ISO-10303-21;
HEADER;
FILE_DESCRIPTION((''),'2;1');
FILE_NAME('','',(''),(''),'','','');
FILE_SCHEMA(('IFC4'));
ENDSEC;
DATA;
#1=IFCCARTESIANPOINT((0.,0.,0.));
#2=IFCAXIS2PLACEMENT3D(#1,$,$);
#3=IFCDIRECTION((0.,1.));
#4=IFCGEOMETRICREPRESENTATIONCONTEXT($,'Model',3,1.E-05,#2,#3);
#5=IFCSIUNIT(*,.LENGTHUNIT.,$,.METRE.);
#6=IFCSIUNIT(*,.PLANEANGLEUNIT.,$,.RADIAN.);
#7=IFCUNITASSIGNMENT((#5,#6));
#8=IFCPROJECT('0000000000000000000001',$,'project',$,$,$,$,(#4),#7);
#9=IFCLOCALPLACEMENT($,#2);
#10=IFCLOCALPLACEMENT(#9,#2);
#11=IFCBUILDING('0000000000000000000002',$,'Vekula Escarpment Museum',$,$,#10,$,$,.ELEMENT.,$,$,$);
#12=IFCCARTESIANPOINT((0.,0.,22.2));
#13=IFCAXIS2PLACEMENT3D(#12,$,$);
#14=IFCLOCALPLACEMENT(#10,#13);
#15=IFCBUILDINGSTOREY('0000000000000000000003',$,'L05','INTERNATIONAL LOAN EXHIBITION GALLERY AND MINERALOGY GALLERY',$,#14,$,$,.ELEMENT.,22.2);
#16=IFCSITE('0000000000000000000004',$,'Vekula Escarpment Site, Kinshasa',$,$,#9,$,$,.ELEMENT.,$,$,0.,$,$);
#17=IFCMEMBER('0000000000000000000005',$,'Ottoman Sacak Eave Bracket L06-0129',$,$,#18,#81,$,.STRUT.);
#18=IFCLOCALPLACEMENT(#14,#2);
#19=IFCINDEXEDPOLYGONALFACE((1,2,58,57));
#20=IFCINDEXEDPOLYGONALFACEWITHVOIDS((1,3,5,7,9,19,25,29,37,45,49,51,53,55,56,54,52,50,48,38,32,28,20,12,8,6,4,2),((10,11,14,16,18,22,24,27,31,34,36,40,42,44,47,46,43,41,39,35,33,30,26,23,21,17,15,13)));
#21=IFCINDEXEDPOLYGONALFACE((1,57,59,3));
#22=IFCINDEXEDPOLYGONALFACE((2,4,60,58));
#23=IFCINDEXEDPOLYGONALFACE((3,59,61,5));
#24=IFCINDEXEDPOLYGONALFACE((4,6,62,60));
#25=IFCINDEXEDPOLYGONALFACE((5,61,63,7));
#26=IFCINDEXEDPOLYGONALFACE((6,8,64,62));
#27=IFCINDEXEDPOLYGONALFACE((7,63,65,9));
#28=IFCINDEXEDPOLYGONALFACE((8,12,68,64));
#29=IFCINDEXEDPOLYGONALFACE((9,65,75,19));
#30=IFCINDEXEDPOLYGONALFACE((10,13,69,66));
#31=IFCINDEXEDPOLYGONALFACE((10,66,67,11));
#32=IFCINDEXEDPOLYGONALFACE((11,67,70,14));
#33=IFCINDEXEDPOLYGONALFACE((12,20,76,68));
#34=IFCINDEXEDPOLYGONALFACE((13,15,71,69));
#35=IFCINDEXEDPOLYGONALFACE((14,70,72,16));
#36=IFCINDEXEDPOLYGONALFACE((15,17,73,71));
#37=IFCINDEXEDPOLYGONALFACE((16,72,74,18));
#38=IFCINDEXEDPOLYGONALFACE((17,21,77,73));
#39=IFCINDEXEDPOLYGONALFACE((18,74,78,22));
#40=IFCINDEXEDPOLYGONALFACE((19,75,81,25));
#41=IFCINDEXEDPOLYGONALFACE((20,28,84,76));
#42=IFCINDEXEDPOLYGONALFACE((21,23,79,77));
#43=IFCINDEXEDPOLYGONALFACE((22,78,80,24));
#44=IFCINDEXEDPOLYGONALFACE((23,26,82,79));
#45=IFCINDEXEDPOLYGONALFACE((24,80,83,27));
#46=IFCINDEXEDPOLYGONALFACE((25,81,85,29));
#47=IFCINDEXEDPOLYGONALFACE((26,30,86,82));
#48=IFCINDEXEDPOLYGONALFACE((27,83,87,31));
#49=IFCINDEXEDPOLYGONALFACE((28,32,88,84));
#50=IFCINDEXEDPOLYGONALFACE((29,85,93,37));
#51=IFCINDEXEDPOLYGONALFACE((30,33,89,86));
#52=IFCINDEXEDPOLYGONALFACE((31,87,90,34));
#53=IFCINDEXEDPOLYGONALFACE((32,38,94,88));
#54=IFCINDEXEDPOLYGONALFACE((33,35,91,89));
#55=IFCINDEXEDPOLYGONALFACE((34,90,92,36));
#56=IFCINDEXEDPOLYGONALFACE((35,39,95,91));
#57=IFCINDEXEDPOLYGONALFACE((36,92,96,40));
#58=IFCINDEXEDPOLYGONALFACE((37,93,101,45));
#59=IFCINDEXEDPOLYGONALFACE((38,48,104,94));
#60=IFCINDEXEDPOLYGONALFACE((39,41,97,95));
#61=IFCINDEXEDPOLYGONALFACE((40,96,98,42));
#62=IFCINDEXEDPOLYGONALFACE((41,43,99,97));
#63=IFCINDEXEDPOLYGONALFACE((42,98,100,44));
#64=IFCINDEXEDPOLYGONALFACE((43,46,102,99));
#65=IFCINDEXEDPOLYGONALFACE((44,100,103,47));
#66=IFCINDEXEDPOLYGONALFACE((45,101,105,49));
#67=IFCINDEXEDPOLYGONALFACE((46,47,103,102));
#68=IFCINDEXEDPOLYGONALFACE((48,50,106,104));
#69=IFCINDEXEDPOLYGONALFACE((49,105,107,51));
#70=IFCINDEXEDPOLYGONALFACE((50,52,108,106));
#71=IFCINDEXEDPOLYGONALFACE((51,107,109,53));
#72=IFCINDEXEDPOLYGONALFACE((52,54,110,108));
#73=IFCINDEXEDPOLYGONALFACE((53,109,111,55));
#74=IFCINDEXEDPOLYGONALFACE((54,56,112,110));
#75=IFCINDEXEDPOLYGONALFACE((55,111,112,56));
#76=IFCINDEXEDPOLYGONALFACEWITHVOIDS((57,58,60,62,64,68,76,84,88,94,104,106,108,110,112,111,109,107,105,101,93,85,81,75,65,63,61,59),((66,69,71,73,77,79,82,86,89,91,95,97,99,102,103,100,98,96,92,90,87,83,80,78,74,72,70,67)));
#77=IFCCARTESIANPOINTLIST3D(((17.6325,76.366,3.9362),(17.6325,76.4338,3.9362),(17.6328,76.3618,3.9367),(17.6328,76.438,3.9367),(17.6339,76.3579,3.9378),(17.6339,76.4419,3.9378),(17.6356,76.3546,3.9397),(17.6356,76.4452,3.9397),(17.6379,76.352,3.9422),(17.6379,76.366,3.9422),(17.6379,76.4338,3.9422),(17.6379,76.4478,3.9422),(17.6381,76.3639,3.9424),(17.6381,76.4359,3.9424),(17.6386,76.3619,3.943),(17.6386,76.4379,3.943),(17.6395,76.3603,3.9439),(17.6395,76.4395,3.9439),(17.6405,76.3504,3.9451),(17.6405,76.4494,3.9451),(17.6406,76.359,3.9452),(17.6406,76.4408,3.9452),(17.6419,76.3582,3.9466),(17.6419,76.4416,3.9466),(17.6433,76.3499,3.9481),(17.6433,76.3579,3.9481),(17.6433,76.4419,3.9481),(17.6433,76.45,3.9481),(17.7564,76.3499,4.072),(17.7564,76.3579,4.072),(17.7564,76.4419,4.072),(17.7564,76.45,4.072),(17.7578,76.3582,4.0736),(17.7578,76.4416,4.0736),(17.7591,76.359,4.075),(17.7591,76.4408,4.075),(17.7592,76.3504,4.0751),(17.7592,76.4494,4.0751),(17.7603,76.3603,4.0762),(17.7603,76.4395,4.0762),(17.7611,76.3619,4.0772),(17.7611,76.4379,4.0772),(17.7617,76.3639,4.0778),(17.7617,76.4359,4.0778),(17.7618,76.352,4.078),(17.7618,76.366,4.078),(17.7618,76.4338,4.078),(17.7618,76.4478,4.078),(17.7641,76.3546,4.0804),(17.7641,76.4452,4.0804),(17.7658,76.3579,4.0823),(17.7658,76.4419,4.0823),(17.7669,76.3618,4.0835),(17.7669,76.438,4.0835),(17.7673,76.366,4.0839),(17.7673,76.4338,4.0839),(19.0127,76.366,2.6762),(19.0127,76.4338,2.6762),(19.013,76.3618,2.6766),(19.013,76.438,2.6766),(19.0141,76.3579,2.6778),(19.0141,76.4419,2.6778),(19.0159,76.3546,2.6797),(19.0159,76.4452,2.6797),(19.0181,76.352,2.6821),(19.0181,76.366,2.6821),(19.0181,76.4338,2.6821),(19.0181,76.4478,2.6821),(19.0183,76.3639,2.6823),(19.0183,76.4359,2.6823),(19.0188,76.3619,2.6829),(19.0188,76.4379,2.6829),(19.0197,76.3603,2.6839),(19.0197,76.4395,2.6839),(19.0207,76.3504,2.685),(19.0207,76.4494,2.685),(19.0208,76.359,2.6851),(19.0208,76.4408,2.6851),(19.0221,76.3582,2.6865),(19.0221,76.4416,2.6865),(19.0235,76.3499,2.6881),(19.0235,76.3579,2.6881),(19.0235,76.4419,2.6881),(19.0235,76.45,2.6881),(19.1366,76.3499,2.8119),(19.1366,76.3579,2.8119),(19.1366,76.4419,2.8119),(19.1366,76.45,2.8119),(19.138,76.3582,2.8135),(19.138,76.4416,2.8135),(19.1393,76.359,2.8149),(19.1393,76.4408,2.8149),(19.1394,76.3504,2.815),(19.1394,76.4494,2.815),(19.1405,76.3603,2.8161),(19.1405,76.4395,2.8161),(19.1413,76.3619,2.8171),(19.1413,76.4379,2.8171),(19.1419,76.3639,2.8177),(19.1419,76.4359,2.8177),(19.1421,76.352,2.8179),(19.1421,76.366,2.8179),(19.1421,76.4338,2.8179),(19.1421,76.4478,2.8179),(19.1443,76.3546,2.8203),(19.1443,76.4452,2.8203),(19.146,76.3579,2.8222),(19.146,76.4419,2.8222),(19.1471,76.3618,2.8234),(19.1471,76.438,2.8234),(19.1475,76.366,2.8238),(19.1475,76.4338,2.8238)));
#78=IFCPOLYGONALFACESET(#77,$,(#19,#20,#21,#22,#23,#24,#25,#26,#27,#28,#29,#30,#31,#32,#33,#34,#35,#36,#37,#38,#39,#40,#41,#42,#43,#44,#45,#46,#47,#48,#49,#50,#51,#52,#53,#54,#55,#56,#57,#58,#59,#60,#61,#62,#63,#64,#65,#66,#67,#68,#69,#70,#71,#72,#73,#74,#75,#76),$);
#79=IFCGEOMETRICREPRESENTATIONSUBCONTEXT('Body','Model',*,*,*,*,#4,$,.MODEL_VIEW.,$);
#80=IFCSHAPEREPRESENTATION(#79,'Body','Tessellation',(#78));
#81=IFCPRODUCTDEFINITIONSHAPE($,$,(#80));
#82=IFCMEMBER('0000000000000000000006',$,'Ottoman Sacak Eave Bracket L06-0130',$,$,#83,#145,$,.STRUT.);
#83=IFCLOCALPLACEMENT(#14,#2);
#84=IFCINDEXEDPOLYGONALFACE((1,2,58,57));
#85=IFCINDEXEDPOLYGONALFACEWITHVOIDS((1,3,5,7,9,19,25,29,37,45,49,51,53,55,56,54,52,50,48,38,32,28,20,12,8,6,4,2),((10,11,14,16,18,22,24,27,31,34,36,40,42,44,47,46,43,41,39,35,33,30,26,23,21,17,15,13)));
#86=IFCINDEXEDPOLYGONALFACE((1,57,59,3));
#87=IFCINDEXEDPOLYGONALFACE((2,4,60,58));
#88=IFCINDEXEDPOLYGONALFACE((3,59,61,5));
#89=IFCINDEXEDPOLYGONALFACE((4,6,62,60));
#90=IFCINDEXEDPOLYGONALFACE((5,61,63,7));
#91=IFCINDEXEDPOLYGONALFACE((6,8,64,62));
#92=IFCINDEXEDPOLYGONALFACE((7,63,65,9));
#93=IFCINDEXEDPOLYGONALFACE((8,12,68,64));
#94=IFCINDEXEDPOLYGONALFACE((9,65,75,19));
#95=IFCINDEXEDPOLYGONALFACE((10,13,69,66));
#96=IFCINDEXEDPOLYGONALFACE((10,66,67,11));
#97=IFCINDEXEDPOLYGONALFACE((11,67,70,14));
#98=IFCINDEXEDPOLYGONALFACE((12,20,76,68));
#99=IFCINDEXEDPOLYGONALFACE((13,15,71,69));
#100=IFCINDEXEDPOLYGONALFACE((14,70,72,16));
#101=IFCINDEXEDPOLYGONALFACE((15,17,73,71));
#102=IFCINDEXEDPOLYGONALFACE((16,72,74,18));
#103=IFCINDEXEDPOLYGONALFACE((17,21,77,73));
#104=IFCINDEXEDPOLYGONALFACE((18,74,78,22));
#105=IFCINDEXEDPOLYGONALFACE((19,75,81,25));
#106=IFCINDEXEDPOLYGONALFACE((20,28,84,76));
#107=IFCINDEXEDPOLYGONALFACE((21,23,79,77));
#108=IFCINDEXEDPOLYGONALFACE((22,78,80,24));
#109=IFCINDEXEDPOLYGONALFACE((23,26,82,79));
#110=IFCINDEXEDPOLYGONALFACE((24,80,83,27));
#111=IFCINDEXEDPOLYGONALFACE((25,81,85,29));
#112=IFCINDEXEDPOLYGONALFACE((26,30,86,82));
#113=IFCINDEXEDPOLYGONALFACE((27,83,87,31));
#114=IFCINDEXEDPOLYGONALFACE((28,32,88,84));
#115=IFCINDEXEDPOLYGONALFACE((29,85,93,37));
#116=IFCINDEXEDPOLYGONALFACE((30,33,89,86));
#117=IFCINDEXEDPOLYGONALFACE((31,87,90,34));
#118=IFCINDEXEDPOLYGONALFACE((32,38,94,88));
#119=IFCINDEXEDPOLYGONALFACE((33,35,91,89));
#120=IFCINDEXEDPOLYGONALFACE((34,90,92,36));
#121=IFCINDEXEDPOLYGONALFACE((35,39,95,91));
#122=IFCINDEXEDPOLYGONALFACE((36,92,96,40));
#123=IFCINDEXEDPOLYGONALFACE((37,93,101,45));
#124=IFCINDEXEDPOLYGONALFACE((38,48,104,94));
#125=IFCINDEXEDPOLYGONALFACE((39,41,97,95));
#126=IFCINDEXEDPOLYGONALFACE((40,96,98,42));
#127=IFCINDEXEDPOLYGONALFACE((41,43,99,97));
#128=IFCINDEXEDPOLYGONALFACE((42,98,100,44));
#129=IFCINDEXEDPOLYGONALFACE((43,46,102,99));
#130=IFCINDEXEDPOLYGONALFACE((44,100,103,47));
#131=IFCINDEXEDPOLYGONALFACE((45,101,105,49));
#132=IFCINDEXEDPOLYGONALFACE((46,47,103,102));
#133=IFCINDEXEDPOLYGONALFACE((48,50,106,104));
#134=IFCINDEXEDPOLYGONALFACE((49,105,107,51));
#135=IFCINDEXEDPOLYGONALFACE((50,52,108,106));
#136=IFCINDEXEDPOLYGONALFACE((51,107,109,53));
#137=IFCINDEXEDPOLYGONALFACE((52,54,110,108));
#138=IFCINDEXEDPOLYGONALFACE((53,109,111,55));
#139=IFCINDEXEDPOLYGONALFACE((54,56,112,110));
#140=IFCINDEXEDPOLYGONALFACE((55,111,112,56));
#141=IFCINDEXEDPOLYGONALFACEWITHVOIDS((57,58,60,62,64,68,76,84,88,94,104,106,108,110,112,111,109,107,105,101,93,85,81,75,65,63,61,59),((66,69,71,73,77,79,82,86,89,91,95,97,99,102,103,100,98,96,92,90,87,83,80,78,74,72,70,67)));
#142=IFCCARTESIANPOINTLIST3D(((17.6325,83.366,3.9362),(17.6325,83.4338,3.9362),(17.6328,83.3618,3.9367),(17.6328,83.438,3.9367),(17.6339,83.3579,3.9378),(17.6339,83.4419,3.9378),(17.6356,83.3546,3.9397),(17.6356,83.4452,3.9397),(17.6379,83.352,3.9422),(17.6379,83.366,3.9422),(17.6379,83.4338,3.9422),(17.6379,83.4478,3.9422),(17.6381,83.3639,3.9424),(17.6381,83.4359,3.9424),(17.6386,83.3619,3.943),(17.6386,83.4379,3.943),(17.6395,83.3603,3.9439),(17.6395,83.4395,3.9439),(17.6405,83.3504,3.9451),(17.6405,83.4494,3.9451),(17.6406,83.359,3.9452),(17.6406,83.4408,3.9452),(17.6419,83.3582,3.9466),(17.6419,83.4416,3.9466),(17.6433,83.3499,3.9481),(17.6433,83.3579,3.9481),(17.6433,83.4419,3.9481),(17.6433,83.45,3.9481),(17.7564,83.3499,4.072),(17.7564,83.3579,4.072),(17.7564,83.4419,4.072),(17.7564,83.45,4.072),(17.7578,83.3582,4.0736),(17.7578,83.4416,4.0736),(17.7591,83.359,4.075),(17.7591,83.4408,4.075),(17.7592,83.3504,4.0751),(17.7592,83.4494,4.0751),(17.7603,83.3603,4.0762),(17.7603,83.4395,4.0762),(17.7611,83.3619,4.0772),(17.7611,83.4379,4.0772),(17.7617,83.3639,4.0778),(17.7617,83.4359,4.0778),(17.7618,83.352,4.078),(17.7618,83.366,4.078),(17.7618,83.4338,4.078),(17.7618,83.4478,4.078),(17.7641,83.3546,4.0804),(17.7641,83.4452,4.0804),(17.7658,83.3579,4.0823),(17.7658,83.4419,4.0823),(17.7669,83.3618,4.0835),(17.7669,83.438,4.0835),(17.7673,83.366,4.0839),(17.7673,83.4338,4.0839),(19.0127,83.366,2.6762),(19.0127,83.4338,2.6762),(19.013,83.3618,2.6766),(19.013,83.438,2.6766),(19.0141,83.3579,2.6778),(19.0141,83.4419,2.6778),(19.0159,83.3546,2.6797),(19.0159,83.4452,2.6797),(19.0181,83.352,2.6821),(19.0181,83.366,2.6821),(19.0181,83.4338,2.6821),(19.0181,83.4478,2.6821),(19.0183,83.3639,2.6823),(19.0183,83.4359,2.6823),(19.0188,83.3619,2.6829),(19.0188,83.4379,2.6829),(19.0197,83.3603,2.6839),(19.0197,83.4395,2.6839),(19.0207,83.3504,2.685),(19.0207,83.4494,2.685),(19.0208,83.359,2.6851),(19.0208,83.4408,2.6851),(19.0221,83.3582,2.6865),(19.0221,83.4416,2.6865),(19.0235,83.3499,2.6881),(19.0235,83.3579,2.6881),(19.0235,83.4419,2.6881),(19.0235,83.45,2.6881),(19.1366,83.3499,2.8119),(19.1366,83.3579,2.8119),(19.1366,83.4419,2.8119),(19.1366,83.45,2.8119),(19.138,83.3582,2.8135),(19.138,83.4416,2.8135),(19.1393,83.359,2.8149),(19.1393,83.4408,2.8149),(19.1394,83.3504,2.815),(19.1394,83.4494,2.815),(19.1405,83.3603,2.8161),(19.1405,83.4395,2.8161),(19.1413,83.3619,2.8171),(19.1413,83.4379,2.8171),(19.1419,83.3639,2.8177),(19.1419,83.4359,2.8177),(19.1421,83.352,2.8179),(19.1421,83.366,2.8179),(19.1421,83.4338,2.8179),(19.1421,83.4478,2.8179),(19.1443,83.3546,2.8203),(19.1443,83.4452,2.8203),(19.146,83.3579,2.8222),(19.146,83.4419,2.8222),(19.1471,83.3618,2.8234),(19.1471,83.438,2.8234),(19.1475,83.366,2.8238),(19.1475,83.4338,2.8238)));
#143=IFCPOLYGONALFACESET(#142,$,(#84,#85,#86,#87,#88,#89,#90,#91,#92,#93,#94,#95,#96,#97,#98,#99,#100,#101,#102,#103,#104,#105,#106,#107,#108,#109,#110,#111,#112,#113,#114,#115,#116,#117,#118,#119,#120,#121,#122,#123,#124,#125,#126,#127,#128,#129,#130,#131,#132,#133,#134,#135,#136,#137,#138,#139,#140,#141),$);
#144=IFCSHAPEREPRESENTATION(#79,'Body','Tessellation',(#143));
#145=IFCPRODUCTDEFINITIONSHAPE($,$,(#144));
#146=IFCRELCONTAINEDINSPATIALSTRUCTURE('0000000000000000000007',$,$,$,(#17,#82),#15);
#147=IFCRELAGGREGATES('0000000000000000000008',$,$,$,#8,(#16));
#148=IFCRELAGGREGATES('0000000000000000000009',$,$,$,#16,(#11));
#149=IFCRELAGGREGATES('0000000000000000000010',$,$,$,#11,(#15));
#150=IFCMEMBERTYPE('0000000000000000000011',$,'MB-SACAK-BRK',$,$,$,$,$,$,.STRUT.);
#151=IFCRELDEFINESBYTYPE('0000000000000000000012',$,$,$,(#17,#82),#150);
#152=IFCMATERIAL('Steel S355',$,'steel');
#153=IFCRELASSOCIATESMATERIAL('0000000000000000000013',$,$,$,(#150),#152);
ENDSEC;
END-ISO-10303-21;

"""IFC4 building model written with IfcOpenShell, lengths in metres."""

from ifc_helpers import new_model, si_unit, direction, frame, origin, origin_2d, place, context, subcontext, project, spatial, hollow_rectangle, extrude, material, material_profile, profile_set, type_object, element, save


model = new_model("IFC4")

# Units and contexts
model_context = context("Model", 3, precision=1e-05, world=origin(), true_north=direction((0.0, 1.0)))
body_context = subcontext(model_context, "Body", "Model", "MODEL_VIEW")
ifc_project = project(units=[si_unit("LENGTHUNIT", "METRE"), si_unit("PLANEANGLEUNIT", "RADIAN")], contexts=[model_context])

# Site, building, storey
site_placement = place(None, origin())
site = spatial("IfcSite", under=ifc_project, at=site_placement, Name="Vekula Escarpment Site, Kinshasa", CompositionType="ELEMENT", RefElevation=0.0)
building_placement = place(site_placement, origin())
building = spatial("IfcBuilding", under=site, at=building_placement, Name="Vekula Escarpment Museum", CompositionType="ELEMENT")
storey_placement = place(building_placement, frame((0.0, 0.0, 22.2)))
storey = spatial("IfcBuildingStorey", under=building, at=storey_placement, Name="L05", Description="INTERNATIONAL LOAN EXHIBITION GALLERY AND MINERALOGY GALLERY", CompositionType="ELEMENT", Elevation=22.2)

# Members
ifc_material_1 = material(Name="Steel S355", Category="steel")
ifc_material_profile_1 = material_profile(ifc_material_1, hollow_rectangle(XDim=0.1001, YDim=0.2, WallThickness=0.0081, InnerFilletRadius=0.0081, OuterFilletRadius=0.0161, at=origin_2d()), Name="RHS 200x100x8")
ifc_profile_set_1 = profile_set([ifc_material_profile_1], Name="Steel S355")
member_type = type_object("IfcMemberType", Name="MB-SACAK-BRK", PredefinedType="STRUT", material=ifc_profile_set_1)
for number, where, z_axis, x_axis, name in (
    (1, (19.0801, 76.3999, 2.75), (-0.738514, 0.0, 0.674238), (0.0, -1.0, 0.0), "Ottoman Sacak Eave Bracket L06-0129"),
    (2, (19.0801, 83.3999, 2.75), (-0.738514, 0.0, 0.674238), (0.0, -1.0, 0.0), "Ottoman Sacak Eave Bracket L06-0130"),
):
    element("IfcMember", number, at=place(storey_placement, frame(where, z_axis=z_axis, x_axis=x_axis)), inside=storey, type_object=member_type, Name=name, PredefinedType="STRUT", context=body_context, shape_type="SweptSolid", body=[
        extrude(hollow_rectangle(XDim=0.1001, YDim=0.2, WallThickness=0.0081, InnerFilletRadius=0.0081, OuterFilletRadius=0.0161, at=origin_2d()), origin(), (0.0, 0.0, 1.0), 1.8689),
    ])

save(model, "model.ifc")
